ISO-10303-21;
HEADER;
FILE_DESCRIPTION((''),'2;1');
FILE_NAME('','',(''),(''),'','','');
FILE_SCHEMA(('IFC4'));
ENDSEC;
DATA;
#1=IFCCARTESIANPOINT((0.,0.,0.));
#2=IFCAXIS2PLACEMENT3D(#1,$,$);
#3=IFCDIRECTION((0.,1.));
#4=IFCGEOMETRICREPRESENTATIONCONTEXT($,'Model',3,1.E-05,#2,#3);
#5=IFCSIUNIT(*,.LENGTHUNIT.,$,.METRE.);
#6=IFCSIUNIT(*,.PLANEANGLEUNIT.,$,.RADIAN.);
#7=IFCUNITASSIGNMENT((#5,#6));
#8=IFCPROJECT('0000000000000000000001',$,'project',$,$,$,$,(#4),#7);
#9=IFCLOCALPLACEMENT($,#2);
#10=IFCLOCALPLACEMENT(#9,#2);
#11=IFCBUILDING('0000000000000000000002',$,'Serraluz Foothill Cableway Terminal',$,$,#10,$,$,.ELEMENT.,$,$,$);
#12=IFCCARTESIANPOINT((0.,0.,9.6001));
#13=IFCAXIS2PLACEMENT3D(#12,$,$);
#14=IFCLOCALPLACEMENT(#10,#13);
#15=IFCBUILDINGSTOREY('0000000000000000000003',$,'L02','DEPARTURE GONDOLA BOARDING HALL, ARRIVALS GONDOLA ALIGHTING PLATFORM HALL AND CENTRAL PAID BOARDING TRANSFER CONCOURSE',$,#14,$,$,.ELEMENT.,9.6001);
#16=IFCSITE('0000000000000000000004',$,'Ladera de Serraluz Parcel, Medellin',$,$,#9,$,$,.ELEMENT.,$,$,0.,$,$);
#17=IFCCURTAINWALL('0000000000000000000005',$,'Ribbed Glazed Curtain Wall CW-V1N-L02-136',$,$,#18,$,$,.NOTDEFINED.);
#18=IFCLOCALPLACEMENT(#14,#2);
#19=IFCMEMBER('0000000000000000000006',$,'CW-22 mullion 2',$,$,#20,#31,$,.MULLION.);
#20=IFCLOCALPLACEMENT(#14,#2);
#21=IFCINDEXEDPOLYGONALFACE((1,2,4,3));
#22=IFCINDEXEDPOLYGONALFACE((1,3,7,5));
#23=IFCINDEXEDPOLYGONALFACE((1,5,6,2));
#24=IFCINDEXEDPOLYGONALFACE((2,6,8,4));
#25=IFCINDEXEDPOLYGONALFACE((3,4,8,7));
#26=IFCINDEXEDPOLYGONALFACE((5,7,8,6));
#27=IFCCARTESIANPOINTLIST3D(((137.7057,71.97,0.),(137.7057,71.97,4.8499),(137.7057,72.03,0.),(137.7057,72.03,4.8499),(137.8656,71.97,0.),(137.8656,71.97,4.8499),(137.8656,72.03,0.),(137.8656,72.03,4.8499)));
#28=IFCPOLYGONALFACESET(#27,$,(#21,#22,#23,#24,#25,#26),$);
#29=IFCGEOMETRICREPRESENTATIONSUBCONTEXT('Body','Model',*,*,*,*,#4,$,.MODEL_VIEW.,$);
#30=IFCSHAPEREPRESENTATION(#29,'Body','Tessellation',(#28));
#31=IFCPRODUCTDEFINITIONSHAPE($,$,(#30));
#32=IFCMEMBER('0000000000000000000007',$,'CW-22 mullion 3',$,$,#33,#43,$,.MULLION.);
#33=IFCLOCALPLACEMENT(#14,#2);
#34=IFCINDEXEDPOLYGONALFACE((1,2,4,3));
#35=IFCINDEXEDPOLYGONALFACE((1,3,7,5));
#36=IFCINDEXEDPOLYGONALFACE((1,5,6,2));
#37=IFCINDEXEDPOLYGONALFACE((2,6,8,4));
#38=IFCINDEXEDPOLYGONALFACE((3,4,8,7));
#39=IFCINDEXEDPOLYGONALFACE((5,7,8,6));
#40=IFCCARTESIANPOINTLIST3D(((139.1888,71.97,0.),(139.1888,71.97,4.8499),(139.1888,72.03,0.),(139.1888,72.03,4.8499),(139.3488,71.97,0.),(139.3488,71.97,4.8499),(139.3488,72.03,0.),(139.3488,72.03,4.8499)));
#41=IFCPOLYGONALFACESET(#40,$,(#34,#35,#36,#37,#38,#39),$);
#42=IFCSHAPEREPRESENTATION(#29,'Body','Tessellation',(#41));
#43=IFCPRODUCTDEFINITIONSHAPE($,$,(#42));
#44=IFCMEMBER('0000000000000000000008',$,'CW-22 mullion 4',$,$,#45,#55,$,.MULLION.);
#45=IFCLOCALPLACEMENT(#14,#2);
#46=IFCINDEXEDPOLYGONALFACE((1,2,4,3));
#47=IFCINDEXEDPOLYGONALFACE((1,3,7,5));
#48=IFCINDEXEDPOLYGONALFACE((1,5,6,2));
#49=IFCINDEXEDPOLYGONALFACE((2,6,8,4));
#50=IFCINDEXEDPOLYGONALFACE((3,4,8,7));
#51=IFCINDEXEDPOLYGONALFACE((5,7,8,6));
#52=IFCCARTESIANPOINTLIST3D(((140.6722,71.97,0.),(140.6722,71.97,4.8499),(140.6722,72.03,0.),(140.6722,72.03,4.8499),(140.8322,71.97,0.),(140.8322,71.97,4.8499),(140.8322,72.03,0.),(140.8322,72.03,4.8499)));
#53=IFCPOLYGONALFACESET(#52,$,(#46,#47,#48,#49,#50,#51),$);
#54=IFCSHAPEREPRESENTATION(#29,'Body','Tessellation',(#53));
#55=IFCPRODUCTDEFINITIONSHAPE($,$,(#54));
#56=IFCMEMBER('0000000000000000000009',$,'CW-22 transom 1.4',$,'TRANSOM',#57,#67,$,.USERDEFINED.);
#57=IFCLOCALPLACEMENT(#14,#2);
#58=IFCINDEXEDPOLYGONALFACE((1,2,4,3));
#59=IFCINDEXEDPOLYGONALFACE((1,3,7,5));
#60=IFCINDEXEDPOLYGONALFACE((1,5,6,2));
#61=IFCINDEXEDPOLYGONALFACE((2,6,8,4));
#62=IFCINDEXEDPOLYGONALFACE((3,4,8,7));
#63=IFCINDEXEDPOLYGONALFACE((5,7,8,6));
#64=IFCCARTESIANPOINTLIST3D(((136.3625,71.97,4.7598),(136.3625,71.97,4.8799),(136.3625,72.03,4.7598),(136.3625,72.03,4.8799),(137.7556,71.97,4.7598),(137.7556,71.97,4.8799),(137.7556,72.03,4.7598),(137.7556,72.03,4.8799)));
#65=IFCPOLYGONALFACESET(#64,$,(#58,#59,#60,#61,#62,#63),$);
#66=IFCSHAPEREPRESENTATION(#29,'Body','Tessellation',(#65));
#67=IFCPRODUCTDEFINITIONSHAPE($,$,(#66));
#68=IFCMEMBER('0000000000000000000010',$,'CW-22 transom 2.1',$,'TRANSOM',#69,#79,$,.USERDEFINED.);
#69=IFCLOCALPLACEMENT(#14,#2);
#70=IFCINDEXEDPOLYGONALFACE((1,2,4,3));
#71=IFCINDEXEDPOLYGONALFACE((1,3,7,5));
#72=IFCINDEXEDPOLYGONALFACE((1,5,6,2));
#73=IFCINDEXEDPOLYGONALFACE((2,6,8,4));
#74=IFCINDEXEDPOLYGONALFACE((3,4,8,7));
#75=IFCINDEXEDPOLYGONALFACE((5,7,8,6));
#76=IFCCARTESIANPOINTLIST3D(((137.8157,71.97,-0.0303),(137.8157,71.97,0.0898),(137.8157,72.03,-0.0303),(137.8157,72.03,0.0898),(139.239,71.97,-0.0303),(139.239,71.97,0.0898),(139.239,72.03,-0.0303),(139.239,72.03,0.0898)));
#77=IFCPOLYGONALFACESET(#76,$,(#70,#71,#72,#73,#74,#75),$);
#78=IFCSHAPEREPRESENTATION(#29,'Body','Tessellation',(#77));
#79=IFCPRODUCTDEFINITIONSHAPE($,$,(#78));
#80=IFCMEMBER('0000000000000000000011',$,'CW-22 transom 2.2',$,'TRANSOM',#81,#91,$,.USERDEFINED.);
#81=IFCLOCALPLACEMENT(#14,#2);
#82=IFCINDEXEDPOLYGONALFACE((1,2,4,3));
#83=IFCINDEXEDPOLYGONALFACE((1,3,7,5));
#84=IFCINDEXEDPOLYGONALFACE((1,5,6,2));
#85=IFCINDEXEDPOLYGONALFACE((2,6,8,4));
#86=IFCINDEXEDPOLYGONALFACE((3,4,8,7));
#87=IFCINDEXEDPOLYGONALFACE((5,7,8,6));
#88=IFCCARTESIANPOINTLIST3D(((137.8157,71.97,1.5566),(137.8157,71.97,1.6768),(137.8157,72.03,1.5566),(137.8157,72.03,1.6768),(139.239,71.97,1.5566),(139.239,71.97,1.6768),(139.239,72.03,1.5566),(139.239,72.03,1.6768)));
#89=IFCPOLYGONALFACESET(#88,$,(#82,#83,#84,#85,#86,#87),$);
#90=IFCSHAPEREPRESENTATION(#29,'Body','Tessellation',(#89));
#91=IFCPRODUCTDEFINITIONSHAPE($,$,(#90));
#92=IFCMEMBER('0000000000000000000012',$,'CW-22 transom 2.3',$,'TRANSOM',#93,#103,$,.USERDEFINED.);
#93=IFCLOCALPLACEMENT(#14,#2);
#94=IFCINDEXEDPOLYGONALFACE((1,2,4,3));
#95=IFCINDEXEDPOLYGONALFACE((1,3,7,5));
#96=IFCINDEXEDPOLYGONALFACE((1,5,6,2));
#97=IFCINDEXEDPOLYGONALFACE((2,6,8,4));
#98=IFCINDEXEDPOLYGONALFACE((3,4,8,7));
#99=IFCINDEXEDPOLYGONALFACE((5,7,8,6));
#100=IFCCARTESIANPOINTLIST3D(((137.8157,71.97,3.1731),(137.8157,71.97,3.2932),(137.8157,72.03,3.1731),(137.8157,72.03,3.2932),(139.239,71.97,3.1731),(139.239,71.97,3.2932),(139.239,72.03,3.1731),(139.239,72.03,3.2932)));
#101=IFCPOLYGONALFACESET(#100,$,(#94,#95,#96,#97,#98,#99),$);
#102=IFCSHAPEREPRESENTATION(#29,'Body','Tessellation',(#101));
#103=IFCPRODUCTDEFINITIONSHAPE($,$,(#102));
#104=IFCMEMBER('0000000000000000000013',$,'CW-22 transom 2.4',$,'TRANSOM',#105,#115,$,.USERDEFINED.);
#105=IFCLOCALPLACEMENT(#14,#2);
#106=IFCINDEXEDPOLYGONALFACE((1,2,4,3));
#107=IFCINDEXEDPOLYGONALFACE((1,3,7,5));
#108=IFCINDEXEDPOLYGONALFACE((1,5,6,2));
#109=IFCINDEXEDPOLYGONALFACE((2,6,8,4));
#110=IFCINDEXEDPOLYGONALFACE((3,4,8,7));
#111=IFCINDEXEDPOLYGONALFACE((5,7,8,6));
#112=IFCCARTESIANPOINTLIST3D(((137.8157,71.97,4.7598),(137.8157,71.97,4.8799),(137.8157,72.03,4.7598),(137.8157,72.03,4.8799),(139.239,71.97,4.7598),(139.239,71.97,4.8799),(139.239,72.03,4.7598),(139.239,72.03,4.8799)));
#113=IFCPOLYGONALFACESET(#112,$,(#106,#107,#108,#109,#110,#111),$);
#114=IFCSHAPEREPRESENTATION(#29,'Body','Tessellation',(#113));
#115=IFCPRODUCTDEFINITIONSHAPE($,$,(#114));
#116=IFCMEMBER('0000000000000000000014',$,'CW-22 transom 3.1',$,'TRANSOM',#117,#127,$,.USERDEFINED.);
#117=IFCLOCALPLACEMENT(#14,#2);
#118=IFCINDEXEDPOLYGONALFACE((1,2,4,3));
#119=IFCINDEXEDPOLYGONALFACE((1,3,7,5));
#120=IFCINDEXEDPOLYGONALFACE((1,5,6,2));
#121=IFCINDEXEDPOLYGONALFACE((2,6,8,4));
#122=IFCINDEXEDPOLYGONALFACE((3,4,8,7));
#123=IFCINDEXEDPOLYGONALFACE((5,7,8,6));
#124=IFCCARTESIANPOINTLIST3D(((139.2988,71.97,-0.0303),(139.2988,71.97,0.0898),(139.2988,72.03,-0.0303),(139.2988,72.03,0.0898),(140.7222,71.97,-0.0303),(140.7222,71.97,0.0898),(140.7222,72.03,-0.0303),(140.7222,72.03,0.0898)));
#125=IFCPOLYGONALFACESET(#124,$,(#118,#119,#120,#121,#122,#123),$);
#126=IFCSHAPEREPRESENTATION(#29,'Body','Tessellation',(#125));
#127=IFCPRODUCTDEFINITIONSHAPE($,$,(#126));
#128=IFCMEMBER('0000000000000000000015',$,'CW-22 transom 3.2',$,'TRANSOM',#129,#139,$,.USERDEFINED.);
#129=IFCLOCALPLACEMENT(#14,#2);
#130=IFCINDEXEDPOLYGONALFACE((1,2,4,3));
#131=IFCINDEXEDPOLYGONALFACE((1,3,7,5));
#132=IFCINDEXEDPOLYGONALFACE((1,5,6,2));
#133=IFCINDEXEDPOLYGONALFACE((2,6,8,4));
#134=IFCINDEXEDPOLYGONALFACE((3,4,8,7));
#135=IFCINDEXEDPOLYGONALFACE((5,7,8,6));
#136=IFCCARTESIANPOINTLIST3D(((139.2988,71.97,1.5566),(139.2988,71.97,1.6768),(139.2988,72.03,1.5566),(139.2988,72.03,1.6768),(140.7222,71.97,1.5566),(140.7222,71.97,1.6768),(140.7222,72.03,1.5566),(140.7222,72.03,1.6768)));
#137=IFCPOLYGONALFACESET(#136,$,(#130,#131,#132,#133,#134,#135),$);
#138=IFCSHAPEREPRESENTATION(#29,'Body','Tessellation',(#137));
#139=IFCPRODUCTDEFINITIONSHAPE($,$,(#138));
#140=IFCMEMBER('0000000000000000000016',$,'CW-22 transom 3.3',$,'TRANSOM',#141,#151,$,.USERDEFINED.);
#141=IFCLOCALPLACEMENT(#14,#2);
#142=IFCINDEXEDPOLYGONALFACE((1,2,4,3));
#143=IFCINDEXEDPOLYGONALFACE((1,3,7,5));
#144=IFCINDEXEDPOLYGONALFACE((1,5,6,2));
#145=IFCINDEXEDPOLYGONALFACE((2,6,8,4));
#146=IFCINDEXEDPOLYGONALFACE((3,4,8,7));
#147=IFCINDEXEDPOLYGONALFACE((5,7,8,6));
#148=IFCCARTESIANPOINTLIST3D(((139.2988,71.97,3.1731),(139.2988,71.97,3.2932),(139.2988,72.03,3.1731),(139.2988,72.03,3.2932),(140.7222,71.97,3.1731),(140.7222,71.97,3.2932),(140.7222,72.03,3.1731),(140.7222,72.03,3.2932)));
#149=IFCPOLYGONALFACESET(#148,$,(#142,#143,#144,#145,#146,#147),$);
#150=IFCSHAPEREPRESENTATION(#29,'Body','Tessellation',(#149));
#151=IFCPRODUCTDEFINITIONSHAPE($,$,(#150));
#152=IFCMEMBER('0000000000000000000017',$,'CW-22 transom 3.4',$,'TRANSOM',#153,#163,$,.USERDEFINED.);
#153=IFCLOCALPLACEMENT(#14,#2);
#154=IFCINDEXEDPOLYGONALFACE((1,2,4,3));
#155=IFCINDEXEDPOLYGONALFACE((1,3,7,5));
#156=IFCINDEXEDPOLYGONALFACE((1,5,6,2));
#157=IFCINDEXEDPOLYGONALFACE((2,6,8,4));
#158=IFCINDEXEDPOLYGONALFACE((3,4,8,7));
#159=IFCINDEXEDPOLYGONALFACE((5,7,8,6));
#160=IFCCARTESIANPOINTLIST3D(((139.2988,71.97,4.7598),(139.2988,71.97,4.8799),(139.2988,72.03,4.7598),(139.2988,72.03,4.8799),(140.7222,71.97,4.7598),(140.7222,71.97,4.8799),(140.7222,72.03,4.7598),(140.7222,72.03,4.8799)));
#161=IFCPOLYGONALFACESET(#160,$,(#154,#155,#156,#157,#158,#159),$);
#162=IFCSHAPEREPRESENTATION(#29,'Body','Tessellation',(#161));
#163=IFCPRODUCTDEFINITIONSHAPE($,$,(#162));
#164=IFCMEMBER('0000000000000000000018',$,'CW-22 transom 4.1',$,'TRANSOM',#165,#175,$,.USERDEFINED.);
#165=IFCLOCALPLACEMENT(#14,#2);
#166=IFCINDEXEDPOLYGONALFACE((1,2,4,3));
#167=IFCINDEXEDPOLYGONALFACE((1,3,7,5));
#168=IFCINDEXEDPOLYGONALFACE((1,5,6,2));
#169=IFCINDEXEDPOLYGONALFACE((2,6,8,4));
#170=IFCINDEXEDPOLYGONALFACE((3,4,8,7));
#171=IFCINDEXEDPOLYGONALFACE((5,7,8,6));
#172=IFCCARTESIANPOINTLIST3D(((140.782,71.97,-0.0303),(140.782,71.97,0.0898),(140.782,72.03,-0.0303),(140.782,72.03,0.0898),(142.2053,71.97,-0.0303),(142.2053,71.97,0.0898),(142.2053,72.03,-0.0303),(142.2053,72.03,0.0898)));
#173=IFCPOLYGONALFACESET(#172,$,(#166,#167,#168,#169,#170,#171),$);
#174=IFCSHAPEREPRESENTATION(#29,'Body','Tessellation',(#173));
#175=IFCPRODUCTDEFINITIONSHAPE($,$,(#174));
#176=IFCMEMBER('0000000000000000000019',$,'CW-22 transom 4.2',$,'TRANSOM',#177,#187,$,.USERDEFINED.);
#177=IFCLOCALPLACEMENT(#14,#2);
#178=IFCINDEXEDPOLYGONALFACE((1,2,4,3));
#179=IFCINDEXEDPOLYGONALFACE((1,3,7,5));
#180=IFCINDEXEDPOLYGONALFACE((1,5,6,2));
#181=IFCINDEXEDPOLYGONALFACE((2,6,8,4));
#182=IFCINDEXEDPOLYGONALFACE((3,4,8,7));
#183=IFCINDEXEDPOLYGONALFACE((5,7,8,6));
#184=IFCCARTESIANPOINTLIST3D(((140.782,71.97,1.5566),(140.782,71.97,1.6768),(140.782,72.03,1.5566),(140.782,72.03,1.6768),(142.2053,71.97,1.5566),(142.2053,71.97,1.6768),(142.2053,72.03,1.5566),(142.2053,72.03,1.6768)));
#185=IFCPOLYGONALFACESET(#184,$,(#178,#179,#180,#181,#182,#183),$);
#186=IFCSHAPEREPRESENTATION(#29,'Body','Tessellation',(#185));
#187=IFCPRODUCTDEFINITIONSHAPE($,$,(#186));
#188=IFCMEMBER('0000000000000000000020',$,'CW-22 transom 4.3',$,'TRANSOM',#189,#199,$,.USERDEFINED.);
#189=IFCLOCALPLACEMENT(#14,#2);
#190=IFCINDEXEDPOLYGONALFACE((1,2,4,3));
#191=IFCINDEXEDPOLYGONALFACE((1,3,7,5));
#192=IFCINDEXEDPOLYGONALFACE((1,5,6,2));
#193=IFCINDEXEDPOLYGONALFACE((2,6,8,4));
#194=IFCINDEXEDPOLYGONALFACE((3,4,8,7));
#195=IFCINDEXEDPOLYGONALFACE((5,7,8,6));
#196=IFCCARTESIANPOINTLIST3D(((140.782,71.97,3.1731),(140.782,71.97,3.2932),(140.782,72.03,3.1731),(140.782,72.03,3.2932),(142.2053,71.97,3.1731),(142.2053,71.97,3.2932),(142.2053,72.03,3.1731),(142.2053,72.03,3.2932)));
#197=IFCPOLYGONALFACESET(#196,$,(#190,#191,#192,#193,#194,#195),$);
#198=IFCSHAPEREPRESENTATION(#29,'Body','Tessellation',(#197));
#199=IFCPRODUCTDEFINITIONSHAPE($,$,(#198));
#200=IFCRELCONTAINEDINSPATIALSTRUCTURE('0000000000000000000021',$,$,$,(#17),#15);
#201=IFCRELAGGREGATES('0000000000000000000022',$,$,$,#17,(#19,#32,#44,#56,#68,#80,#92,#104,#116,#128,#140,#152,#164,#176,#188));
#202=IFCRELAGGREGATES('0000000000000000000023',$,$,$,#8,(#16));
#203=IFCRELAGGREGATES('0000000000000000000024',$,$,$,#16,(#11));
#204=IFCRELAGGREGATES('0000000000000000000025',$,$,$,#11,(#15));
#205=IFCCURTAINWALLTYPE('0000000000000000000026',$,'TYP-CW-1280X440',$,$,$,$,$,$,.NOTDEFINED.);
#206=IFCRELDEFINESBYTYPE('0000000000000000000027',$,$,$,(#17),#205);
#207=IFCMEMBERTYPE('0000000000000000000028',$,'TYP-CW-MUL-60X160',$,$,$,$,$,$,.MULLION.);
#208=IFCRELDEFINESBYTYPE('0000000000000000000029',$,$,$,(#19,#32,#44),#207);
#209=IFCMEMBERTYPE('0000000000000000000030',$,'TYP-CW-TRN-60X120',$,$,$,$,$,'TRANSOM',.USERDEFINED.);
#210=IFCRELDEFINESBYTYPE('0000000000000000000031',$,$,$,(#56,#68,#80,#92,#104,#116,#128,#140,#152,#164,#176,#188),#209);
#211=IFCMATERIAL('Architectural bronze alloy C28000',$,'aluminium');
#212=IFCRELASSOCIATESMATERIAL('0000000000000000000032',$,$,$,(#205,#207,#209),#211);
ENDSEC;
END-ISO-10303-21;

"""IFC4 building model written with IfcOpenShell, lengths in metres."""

from ifc_helpers import new_model, si_unit, direction, frame, origin, origin_2d, place, context, subcontext, project, spatial, rectangle, extrude, material, material_profile, profile_set, type_object, element, aggregate, save


model = new_model("IFC4")

# Units and contexts
model_context = context("Model", 3, precision=1e-05, world=origin(), true_north=direction((0.0, 1.0)))
body_context = subcontext(model_context, "Body", "Model", "MODEL_VIEW")
ifc_project = project(units=[si_unit("LENGTHUNIT", "METRE"), si_unit("PLANEANGLEUNIT", "RADIAN")], contexts=[model_context])

# Site, building, storey
site_placement = place(None, origin())
site = spatial("IfcSite", under=ifc_project, at=site_placement, Name="Ladera de Serraluz Parcel, Medellin", CompositionType="ELEMENT", RefElevation=0.0)
building_placement = place(site_placement, origin())
building = spatial("IfcBuilding", under=site, at=building_placement, Name="Serraluz Foothill Cableway Terminal", CompositionType="ELEMENT")
storey_placement = place(building_placement, frame((0.0, 0.0, 9.6001)))
storey = spatial("IfcBuildingStorey", under=building, at=storey_placement, Name="L02", Description="DEPARTURE GONDOLA BOARDING HALL, ARRIVALS GONDOLA ALIGHTING PLATFORM HALL AND CENTRAL PAID BOARDING TRANSFER CONCOURSE", CompositionType="ELEMENT", Elevation=9.6001)

# Curtain wall, members
ifc_material_1 = material(Name="Architectural bronze alloy C28000", Category="aluminium")
curtain_wall_type = type_object("IfcCurtainWallType", Name="TYP-CW-1280X440", PredefinedType="NOTDEFINED", material=ifc_material_1)
curtain_wall_placement = place(storey_placement, origin())
curtain_wall = element("IfcCurtainWall", 1, at=curtain_wall_placement, inside=storey, type_object=curtain_wall_type, Name="Ribbed Glazed Curtain Wall CW-V1N-L02-136", PredefinedType="NOTDEFINED")
ifc_material_profile_1 = material_profile(ifc_material_1, rectangle(XDim=0.0601, YDim=0.1599, at=origin_2d()), Name="ALU MULLION 60x160")
ifc_profile_set_1 = profile_set([ifc_material_profile_1], Name="Architectural bronze alloy C28000")
member_type_1 = type_object("IfcMemberType", Name="TYP-CW-MUL-60X160", PredefinedType="MULLION", material=ifc_profile_set_1)
member_1_placement = place(storey_placement, frame((137.7856, 72.0, 0.0), z_axis=(0.0, 0.0, 1.0), x_axis=(0.0, 1.0, 0.0)))
member_1 = element("IfcMember", 2, at=member_1_placement, type_object=member_type_1, Name="CW-22 mullion 2", PredefinedType="MULLION", context=body_context, shape_type="SweptSolid", body=[
    extrude(rectangle(XDim=0.0601, YDim=0.1599, at=origin_2d()), origin(), (0.0, 0.0, 1.0), 4.8499),
])
member_2_placement = place(storey_placement, frame((139.2688, 72.0, 0.0), z_axis=(0.0, 0.0, 1.0), x_axis=(0.0, 1.0, 0.0)))
member_2 = element("IfcMember", 3, at=member_2_placement, type_object=member_type_1, Name="CW-22 mullion 3", PredefinedType="MULLION", context=body_context, shape_type="SweptSolid", body=[
    extrude(rectangle(XDim=0.0601, YDim=0.1599, at=origin_2d()), origin(), (0.0, 0.0, 1.0), 4.8499),
])
member_3_placement = place(storey_placement, frame((140.7522, 72.0, 0.0), z_axis=(0.0, 0.0, 1.0), x_axis=(0.0, 1.0, 0.0)))
member_3 = element("IfcMember", 4, at=member_3_placement, type_object=member_type_1, Name="CW-22 mullion 4", PredefinedType="MULLION", context=body_context, shape_type="SweptSolid", body=[
    extrude(rectangle(XDim=0.0601, YDim=0.1599, at=origin_2d()), origin(), (0.0, 0.0, 1.0), 4.8499),
])
ifc_material_profile_2 = material_profile(ifc_material_1, rectangle(XDim=0.0601, YDim=0.1201, at=origin_2d()), Name="ALU TRANSOM 60x120")
ifc_profile_set_2 = profile_set([ifc_material_profile_2], Name="Architectural bronze alloy C28000")
member_type_2 = type_object("IfcMemberType", Name="TYP-CW-TRN-60X120", ElementType="TRANSOM", PredefinedType="USERDEFINED", material=ifc_profile_set_2)
member_4_placement = place(storey_placement, frame((136.3625, 72.0, 4.8198), z_axis=(1.0, 0.0, 0.0), x_axis=(0.0, 1.0, 0.0)))
member_4 = element("IfcMember", 5, at=member_4_placement, type_object=member_type_2, Name="CW-22 transom 1.4", ObjectType="TRANSOM", PredefinedType="USERDEFINED", context=body_context, shape_type="SweptSolid", body=[
    extrude(rectangle(XDim=0.0601, YDim=0.1201, at=origin_2d()), origin(), (0.0, 0.0, 1.0), 1.3931),
])
member_5_placement = place(storey_placement, frame((137.8157, 72.0, 0.0298), z_axis=(1.0, 0.0, 0.0), x_axis=(0.0, 1.0, 0.0)))
member_5 = element("IfcMember", 6, at=member_5_placement, type_object=member_type_2, Name="CW-22 transom 2.1", ObjectType="TRANSOM", PredefinedType="USERDEFINED", context=body_context, shape_type="SweptSolid", body=[
    extrude(rectangle(XDim=0.0601, YDim=0.1201, at=origin_2d()), origin(), (0.0, 0.0, 1.0), 1.4233),
])
member_6_placement = place(storey_placement, frame((137.8157, 72.0, 1.6167), z_axis=(1.0, 0.0, 0.0), x_axis=(0.0, 1.0, 0.0)))
member_6 = element("IfcMember", 7, at=member_6_placement, type_object=member_type_2, Name="CW-22 transom 2.2", ObjectType="TRANSOM", PredefinedType="USERDEFINED", context=body_context, shape_type="SweptSolid", body=[
    extrude(rectangle(XDim=0.0601, YDim=0.1201, at=origin_2d()), origin(), (0.0, 0.0, 1.0), 1.4233),
])
member_7_placement = place(storey_placement, frame((137.8157, 72.0, 3.2332), z_axis=(1.0, 0.0, 0.0), x_axis=(0.0, 1.0, 0.0)))
member_7 = element("IfcMember", 8, at=member_7_placement, type_object=member_type_2, Name="CW-22 transom 2.3", ObjectType="TRANSOM", PredefinedType="USERDEFINED", context=body_context, shape_type="SweptSolid", body=[
    extrude(rectangle(XDim=0.0601, YDim=0.1201, at=origin_2d()), origin(), (0.0, 0.0, 1.0), 1.4233),
])
member_8_placement = place(storey_placement, frame((137.8157, 72.0, 4.8198), z_axis=(1.0, 0.0, 0.0), x_axis=(0.0, 1.0, 0.0)))
member_8 = element("IfcMember", 9, at=member_8_placement, type_object=member_type_2, Name="CW-22 transom 2.4", ObjectType="TRANSOM", PredefinedType="USERDEFINED", context=body_context, shape_type="SweptSolid", body=[
    extrude(rectangle(XDim=0.0601, YDim=0.1201, at=origin_2d()), origin(), (0.0, 0.0, 1.0), 1.4233),
])
member_9_placement = place(storey_placement, frame((139.2988, 72.0, 0.0298), z_axis=(1.0, 0.0, 0.0), x_axis=(0.0, 1.0, 0.0)))
member_9 = element("IfcMember", 10, at=member_9_placement, type_object=member_type_2, Name="CW-22 transom 3.1", ObjectType="TRANSOM", PredefinedType="USERDEFINED", context=body_context, shape_type="SweptSolid", body=[
    extrude(rectangle(XDim=0.0601, YDim=0.1201, at=origin_2d()), origin(), (0.0, 0.0, 1.0), 1.4233),
])
member_10_placement = place(storey_placement, frame((139.2988, 72.0, 1.6167), z_axis=(1.0, 0.0, 0.0), x_axis=(0.0, 1.0, 0.0)))
member_10 = element("IfcMember", 11, at=member_10_placement, type_object=member_type_2, Name="CW-22 transom 3.2", ObjectType="TRANSOM", PredefinedType="USERDEFINED", context=body_context, shape_type="SweptSolid", body=[
    extrude(rectangle(XDim=0.0601, YDim=0.1201, at=origin_2d()), origin(), (0.0, 0.0, 1.0), 1.4233),
])
member_11_placement = place(storey_placement, frame((139.2988, 72.0, 3.2332), z_axis=(1.0, 0.0, 0.0), x_axis=(0.0, 1.0, 0.0)))
member_11 = element("IfcMember", 12, at=member_11_placement, type_object=member_type_2, Name="CW-22 transom 3.3", ObjectType="TRANSOM", PredefinedType="USERDEFINED", context=body_context, shape_type="SweptSolid", body=[
    extrude(rectangle(XDim=0.0601, YDim=0.1201, at=origin_2d()), origin(), (0.0, 0.0, 1.0), 1.4233),
])
member_12_placement = place(storey_placement, frame((139.2988, 72.0, 4.8198), z_axis=(1.0, 0.0, 0.0), x_axis=(0.0, 1.0, 0.0)))
member_12 = element("IfcMember", 13, at=member_12_placement, type_object=member_type_2, Name="CW-22 transom 3.4", ObjectType="TRANSOM", PredefinedType="USERDEFINED", context=body_context, shape_type="SweptSolid", body=[
    extrude(rectangle(XDim=0.0601, YDim=0.1201, at=origin_2d()), origin(), (0.0, 0.0, 1.0), 1.4233),
])
member_13_placement = place(storey_placement, frame((140.782, 72.0, 0.0298), z_axis=(1.0, 0.0, 0.0), x_axis=(0.0, 1.0, 0.0)))
member_13 = element("IfcMember", 14, at=member_13_placement, type_object=member_type_2, Name="CW-22 transom 4.1", ObjectType="TRANSOM", PredefinedType="USERDEFINED", context=body_context, shape_type="SweptSolid", body=[
    extrude(rectangle(XDim=0.0601, YDim=0.1201, at=origin_2d()), origin(), (0.0, 0.0, 1.0), 1.4233),
])
member_14_placement = place(storey_placement, frame((140.782, 72.0, 1.6167), z_axis=(1.0, 0.0, 0.0), x_axis=(0.0, 1.0, 0.0)))
member_14 = element("IfcMember", 15, at=member_14_placement, type_object=member_type_2, Name="CW-22 transom 4.2", ObjectType="TRANSOM", PredefinedType="USERDEFINED", context=body_context, shape_type="SweptSolid", body=[
    extrude(rectangle(XDim=0.0601, YDim=0.1201, at=origin_2d()), origin(), (0.0, 0.0, 1.0), 1.4233),
])
member_15_placement = place(storey_placement, frame((140.782, 72.0, 3.2332), z_axis=(1.0, 0.0, 0.0), x_axis=(0.0, 1.0, 0.0)))
member_15 = element("IfcMember", 16, at=member_15_placement, type_object=member_type_2, Name="CW-22 transom 4.3", ObjectType="TRANSOM", PredefinedType="USERDEFINED", context=body_context, shape_type="SweptSolid", body=[
    extrude(rectangle(XDim=0.0601, YDim=0.1201, at=origin_2d()), origin(), (0.0, 0.0, 1.0), 1.4233),
])
aggregate(curtain_wall, [member_1, member_2, member_3, member_4, member_5, member_6, member_7, member_8, member_9, member_10, member_11, member_12, member_13, member_14, member_15])

save(model, "model.ifc")
